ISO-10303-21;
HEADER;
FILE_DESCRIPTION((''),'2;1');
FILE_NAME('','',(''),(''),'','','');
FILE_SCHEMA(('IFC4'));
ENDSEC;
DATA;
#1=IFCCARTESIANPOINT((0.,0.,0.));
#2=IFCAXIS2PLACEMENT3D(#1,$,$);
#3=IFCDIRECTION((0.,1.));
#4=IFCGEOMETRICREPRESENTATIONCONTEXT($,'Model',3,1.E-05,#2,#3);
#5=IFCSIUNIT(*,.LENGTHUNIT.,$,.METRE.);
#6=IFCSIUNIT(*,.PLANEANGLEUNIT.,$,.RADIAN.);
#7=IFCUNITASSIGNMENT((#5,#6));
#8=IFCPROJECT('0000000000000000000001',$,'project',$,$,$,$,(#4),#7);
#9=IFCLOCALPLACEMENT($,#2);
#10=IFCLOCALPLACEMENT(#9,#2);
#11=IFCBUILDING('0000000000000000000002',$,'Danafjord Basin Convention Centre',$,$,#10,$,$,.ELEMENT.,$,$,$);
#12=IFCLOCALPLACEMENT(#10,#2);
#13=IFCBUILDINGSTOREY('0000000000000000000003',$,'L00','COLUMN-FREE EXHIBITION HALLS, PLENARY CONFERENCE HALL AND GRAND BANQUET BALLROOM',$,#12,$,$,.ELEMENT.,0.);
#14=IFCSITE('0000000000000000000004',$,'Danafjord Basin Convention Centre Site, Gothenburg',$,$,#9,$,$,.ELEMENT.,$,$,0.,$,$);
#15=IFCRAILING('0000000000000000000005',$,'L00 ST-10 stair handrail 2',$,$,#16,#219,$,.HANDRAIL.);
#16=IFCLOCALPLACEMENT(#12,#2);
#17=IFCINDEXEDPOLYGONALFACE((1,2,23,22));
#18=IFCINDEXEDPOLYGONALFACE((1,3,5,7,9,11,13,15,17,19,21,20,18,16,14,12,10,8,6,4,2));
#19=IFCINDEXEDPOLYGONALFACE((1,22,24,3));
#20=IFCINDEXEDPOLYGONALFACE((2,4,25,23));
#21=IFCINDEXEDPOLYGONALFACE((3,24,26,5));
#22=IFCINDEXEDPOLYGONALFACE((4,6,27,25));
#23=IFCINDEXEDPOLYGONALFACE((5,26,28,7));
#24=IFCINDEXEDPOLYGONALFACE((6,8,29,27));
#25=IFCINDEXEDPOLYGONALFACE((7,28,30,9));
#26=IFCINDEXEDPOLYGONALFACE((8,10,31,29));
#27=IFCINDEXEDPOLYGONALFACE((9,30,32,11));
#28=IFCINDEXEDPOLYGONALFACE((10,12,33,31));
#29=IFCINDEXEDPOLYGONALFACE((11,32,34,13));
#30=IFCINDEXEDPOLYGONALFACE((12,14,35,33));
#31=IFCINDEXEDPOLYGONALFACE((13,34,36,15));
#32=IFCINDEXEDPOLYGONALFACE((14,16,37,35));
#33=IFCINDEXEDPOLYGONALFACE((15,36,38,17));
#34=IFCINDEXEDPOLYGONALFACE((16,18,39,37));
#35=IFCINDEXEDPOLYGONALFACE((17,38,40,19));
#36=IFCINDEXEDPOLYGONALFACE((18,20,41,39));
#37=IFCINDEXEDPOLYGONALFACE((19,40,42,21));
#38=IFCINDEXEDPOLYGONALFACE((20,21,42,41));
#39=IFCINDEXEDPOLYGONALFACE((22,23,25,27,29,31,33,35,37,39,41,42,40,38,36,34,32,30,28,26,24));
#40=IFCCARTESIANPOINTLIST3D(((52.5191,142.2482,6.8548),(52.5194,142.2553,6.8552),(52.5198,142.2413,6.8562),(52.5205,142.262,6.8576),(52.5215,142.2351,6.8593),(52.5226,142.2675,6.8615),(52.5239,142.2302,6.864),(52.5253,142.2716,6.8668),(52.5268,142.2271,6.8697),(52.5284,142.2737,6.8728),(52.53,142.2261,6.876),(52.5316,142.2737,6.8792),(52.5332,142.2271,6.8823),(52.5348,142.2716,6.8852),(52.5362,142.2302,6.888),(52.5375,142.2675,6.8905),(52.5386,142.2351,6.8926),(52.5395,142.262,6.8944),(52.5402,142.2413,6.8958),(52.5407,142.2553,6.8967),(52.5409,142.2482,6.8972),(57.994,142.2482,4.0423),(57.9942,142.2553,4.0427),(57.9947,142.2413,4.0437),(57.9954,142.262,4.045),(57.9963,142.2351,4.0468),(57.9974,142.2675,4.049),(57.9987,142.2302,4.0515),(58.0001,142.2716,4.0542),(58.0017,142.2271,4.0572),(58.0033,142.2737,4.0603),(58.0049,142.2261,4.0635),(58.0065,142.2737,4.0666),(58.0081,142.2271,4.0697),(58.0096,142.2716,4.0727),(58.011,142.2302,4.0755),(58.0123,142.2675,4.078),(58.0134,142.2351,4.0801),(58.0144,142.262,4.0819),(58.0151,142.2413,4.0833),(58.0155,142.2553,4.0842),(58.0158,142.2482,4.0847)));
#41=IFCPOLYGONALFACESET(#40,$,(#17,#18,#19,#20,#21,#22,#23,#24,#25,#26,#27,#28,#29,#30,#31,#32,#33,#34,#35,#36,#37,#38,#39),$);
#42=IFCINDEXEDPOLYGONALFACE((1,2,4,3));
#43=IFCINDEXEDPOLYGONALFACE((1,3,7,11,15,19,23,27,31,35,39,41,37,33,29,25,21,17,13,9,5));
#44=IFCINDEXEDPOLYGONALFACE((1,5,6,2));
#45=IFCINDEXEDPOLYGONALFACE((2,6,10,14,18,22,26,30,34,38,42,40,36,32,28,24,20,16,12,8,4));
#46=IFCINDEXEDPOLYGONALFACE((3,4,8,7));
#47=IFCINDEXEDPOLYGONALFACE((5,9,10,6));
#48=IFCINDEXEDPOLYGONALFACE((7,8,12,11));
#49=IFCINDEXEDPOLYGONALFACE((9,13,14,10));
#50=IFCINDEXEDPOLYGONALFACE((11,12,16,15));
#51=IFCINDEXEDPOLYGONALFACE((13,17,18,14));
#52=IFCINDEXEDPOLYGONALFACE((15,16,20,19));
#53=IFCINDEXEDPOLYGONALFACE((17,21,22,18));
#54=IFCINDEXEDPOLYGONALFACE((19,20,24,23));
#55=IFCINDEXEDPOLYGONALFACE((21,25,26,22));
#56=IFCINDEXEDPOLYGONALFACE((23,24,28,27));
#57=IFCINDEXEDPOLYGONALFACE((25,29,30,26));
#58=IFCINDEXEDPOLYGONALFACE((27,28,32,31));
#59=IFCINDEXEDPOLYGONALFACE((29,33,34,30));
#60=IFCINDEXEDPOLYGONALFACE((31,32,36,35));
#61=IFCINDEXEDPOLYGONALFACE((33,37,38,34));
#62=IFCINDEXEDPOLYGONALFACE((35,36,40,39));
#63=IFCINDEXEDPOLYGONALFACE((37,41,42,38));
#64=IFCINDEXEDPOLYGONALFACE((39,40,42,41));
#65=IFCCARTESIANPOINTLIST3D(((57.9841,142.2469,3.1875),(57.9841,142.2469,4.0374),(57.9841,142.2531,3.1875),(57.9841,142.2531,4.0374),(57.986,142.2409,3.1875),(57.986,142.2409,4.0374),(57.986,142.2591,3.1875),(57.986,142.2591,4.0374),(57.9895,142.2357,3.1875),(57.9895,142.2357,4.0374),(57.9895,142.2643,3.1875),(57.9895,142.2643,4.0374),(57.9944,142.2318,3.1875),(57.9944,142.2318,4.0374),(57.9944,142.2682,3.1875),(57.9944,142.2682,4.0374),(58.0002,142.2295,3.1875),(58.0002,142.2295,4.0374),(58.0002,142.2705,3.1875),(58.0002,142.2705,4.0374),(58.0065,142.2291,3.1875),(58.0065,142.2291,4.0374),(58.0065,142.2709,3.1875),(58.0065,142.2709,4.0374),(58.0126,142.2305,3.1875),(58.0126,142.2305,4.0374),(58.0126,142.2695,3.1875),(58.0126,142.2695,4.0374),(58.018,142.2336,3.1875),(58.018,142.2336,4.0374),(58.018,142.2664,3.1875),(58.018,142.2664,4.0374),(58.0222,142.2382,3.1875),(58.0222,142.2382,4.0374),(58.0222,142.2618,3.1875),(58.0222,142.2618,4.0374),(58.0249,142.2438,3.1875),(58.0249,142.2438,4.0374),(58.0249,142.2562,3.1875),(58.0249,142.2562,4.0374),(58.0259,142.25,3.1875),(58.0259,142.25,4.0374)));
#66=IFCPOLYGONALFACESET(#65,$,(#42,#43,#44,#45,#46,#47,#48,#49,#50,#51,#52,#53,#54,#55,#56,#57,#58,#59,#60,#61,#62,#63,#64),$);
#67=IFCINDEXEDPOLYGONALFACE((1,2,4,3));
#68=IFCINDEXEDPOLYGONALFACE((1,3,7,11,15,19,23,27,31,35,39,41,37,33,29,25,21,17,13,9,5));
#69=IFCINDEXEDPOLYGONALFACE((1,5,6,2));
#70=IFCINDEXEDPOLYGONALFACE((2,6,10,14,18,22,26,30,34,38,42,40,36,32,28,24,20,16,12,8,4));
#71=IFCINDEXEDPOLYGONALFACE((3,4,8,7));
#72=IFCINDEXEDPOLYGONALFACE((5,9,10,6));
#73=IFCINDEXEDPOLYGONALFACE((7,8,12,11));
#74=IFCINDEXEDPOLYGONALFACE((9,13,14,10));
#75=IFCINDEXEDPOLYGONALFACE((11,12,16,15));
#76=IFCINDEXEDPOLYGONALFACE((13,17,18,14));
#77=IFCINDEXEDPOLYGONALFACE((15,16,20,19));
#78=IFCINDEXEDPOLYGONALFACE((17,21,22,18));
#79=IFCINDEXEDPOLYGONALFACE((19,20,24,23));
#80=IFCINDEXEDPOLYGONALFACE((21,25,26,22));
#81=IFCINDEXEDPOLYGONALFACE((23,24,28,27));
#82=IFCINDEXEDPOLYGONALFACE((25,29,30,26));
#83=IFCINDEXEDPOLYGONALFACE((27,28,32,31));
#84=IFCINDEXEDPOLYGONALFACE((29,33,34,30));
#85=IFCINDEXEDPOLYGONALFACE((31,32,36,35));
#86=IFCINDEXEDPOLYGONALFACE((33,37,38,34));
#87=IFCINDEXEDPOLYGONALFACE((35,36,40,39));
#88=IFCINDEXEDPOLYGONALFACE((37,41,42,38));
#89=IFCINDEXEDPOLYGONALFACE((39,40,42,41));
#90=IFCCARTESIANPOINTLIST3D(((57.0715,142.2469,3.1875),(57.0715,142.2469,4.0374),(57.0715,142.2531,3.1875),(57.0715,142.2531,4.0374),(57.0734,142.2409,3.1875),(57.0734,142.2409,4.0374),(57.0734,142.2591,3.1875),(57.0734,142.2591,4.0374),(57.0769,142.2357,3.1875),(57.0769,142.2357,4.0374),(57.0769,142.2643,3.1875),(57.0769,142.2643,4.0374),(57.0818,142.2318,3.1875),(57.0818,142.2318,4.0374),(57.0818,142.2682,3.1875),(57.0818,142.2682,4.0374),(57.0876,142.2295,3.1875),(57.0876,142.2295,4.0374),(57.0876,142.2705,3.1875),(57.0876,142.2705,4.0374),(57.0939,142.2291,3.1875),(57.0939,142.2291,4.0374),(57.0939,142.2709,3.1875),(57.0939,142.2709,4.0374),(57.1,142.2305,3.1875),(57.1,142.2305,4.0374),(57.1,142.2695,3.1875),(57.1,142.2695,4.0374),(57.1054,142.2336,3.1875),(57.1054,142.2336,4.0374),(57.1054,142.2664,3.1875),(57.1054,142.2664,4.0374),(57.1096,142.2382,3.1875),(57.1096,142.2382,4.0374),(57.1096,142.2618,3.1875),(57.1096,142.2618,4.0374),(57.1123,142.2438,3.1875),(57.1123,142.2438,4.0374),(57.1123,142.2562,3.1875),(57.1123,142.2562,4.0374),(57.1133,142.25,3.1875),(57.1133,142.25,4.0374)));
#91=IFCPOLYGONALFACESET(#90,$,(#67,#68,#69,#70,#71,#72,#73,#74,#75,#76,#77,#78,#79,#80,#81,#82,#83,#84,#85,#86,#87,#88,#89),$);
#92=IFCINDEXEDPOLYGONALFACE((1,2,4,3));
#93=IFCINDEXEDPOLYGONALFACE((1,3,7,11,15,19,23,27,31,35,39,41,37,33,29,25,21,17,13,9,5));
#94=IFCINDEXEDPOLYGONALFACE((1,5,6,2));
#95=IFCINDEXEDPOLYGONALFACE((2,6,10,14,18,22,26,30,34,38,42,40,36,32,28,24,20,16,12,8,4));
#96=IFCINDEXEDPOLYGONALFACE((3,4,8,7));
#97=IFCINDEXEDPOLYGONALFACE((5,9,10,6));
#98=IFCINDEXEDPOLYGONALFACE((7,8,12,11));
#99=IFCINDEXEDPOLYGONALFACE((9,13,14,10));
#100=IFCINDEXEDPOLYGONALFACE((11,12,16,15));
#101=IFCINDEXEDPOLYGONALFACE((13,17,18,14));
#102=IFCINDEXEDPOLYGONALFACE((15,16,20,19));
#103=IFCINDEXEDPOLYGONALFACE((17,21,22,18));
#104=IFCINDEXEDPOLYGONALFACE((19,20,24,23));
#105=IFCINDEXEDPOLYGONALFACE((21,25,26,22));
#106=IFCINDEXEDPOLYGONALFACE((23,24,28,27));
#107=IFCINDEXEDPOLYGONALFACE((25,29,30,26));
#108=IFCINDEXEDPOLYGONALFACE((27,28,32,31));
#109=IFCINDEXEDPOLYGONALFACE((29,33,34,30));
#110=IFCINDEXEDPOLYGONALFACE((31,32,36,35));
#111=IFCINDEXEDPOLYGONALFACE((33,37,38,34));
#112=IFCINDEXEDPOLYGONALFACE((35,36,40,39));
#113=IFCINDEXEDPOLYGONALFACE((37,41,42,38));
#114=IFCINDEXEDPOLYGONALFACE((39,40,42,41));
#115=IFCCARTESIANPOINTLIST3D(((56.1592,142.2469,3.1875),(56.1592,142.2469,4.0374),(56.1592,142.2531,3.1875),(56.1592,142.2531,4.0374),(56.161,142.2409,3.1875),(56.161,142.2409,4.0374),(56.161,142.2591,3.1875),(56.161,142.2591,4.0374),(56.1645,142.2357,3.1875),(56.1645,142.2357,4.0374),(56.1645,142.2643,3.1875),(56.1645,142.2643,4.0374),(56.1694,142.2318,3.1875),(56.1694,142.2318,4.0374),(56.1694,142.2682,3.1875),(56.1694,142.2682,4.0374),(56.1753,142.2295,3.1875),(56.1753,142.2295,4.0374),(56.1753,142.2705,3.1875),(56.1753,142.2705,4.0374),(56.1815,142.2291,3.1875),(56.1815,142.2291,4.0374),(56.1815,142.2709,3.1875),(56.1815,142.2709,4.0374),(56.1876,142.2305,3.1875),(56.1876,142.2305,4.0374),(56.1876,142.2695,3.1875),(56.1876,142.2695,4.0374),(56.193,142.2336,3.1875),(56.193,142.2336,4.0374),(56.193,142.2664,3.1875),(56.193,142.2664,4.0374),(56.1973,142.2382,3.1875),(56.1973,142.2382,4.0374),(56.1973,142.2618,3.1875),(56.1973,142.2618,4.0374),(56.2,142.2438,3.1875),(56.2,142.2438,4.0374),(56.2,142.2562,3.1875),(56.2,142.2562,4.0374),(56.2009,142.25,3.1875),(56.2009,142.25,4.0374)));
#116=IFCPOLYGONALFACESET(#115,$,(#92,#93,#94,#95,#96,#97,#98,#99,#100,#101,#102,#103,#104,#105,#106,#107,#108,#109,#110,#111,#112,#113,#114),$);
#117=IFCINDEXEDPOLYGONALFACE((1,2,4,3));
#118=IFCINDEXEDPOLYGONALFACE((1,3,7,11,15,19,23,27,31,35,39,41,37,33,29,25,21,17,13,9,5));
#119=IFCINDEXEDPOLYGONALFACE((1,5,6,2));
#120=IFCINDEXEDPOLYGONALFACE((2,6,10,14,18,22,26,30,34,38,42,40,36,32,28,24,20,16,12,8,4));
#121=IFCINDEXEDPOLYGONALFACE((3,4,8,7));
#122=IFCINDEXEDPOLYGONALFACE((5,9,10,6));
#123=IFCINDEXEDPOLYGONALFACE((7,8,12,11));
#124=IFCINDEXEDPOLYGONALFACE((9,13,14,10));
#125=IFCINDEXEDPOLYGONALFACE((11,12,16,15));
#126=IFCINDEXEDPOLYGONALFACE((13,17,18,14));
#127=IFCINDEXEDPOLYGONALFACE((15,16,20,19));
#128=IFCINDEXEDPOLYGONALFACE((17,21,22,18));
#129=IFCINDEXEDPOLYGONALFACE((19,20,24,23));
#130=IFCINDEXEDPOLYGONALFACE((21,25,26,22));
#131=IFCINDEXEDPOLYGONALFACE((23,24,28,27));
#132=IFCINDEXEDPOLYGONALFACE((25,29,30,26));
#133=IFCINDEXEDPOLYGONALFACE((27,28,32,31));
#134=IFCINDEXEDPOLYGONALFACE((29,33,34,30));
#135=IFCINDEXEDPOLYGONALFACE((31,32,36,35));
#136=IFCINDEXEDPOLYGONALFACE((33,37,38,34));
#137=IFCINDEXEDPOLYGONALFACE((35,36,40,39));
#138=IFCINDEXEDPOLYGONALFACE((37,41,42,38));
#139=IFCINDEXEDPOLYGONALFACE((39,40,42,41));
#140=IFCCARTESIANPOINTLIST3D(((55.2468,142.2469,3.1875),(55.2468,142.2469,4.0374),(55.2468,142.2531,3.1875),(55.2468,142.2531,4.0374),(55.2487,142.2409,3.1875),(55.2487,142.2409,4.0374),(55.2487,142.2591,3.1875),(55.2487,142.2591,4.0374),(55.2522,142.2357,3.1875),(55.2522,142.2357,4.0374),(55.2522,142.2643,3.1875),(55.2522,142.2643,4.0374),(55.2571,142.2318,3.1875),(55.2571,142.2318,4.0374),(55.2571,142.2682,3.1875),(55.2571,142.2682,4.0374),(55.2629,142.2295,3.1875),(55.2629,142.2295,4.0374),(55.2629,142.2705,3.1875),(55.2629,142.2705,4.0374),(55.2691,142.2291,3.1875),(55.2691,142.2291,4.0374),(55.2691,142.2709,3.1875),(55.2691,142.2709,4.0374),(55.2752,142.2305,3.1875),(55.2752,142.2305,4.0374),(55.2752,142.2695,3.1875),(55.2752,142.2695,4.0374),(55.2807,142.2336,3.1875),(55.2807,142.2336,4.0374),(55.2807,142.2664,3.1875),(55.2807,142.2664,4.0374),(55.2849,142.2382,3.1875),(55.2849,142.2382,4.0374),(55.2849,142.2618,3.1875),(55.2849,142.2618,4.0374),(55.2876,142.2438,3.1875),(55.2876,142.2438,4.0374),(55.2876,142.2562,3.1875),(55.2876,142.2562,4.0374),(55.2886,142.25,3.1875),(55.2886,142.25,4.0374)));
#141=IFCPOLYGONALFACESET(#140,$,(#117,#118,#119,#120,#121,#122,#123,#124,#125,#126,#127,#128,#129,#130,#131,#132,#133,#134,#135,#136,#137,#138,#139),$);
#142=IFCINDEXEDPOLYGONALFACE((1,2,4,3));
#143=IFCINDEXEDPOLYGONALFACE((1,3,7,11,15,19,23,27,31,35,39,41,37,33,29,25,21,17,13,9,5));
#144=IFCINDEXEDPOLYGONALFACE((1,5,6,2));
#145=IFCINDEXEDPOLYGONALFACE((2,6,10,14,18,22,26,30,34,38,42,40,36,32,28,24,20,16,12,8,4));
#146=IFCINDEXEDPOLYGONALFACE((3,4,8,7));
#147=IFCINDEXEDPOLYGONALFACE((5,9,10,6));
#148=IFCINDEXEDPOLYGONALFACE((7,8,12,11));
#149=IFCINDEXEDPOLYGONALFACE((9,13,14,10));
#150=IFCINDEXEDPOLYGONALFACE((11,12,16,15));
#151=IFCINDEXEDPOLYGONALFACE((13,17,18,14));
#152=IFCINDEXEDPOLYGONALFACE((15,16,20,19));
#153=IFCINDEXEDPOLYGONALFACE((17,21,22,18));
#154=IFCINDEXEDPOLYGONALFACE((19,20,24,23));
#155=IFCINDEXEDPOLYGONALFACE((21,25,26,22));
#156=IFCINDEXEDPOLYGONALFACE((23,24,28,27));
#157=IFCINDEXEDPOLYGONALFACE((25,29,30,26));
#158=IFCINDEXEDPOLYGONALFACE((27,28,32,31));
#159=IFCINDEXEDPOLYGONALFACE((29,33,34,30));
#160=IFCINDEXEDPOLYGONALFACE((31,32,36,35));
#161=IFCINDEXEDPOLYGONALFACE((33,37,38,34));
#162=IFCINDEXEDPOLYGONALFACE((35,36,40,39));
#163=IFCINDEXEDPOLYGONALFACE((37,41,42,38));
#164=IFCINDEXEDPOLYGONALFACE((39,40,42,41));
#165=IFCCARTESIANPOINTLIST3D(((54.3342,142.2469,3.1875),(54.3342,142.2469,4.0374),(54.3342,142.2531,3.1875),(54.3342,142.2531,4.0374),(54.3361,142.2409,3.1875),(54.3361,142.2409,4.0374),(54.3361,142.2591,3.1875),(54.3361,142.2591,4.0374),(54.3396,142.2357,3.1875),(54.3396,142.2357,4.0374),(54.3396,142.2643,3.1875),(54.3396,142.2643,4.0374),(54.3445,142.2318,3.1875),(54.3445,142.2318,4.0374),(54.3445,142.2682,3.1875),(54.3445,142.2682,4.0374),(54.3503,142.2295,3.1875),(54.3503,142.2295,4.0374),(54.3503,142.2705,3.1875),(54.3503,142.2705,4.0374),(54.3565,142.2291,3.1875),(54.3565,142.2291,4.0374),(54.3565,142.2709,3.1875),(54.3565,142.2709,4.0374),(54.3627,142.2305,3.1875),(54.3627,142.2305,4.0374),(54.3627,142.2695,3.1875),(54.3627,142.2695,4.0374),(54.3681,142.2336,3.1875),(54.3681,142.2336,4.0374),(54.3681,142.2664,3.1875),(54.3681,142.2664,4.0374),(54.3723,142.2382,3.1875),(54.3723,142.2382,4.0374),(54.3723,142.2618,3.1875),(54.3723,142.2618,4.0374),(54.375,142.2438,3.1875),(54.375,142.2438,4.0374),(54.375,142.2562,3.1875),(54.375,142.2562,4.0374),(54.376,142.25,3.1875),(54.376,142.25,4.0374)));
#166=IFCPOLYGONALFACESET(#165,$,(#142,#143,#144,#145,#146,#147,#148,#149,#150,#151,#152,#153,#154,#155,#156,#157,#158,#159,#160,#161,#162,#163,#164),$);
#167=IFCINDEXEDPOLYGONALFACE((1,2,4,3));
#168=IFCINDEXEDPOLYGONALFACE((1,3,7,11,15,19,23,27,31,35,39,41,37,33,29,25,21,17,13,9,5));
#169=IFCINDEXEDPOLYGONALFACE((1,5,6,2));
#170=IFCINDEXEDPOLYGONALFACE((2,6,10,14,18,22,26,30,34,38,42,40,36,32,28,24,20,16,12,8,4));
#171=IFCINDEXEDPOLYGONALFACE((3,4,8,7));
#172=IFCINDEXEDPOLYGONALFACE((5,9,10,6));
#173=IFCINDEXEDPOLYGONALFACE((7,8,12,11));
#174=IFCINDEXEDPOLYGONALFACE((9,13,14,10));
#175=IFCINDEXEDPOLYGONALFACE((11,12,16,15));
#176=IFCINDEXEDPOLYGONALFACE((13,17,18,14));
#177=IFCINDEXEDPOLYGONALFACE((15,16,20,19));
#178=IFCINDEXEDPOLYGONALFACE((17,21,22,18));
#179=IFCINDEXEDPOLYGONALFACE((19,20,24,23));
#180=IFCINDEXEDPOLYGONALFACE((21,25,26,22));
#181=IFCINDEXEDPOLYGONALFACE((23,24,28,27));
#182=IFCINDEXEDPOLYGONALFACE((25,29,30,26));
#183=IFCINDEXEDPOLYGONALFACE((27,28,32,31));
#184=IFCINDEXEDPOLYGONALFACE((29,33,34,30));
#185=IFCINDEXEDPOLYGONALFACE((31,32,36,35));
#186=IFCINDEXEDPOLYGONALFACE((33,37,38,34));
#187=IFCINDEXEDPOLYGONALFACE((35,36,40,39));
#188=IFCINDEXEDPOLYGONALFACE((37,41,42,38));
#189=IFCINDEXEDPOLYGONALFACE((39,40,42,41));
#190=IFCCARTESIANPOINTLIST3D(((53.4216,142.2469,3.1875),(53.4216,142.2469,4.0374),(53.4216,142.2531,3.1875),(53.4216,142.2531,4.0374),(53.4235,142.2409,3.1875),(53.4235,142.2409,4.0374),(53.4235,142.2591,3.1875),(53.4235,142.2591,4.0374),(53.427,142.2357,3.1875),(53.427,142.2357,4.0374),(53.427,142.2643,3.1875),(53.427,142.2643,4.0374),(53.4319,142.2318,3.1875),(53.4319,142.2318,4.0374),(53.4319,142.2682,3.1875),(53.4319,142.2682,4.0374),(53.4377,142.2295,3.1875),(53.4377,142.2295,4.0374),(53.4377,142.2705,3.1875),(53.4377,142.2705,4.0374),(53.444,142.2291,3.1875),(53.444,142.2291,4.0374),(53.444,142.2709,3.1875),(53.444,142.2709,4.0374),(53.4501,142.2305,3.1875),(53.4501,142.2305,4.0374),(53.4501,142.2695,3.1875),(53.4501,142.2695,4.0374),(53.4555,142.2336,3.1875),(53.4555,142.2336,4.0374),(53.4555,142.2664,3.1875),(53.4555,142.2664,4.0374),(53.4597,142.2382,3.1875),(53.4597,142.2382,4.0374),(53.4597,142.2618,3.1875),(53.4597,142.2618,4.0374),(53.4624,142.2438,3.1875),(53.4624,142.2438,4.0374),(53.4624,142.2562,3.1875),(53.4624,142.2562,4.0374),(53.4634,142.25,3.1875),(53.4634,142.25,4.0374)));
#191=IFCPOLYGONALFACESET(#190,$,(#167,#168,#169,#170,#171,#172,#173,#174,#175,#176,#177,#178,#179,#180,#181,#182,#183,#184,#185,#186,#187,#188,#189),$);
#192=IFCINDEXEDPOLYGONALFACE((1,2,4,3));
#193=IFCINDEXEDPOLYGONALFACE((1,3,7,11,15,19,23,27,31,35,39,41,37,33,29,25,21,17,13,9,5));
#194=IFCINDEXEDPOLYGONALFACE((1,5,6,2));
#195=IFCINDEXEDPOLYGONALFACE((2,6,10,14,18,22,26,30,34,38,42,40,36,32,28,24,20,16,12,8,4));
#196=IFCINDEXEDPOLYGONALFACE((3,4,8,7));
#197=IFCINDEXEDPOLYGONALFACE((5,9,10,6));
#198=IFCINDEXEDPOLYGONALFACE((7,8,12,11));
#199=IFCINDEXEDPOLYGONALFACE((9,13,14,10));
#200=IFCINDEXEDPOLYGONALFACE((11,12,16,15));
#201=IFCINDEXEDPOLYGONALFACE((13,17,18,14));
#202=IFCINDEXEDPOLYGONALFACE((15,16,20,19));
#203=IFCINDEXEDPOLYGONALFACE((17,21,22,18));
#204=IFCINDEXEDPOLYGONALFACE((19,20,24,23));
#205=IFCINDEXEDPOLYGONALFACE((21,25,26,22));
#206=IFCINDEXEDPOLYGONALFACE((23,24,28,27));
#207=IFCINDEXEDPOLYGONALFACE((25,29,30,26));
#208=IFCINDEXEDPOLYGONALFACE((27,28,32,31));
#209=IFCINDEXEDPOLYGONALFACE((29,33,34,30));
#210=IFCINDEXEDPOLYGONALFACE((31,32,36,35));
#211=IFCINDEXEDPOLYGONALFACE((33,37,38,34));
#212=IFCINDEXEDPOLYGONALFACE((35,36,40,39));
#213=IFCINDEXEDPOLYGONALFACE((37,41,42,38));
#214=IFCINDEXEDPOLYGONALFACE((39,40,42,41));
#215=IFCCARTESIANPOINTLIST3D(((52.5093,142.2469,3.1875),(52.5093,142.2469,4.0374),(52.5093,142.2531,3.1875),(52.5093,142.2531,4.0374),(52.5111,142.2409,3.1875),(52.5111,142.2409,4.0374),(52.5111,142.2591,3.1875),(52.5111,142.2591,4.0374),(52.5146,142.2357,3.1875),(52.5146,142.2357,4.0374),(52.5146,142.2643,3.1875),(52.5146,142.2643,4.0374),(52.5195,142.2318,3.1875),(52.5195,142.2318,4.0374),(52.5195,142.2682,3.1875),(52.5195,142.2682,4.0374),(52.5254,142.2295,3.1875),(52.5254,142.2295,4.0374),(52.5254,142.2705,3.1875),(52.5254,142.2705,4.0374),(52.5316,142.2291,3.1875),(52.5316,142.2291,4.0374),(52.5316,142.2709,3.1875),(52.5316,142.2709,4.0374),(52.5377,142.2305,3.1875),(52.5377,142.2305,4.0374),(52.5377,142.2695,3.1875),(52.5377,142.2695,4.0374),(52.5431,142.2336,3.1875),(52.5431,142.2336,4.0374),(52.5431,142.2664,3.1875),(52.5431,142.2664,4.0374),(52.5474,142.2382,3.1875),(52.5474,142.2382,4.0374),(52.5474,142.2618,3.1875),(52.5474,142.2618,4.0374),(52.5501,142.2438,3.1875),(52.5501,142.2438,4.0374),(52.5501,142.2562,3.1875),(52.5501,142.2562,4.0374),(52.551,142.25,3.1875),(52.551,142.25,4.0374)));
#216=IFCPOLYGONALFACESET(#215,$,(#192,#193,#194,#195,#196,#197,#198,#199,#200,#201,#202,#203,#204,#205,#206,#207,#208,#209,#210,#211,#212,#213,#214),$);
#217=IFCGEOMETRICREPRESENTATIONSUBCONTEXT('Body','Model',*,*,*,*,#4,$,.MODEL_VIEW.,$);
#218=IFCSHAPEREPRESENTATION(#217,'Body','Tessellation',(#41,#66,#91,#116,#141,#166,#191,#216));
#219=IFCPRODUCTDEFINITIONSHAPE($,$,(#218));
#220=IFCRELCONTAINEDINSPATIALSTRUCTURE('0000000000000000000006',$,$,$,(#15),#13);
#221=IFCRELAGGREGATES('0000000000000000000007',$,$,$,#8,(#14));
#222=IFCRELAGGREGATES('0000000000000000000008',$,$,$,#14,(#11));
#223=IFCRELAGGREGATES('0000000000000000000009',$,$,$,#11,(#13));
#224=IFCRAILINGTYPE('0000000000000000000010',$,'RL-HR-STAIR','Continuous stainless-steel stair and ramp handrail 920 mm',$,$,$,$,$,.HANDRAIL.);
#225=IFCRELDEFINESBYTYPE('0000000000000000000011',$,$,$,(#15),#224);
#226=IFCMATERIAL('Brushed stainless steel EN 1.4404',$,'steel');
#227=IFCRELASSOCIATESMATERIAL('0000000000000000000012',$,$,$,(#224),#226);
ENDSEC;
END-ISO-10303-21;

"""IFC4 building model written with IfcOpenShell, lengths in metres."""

from ifc_helpers import new_model, si_unit, direction, frame, origin, origin_2d, place, context, subcontext, project, spatial, circle, extrude, material, type_object, element, save


model = new_model("IFC4")

# Units and contexts
model_context = context("Model", 3, precision=1e-05, world=origin(), true_north=direction((0.0, 1.0)))
body_context = subcontext(model_context, "Body", "Model", "MODEL_VIEW")
ifc_project = project(units=[si_unit("LENGTHUNIT", "METRE"), si_unit("PLANEANGLEUNIT", "RADIAN")], contexts=[model_context])

# Site, building, storey
site_placement = place(None, origin())
site = spatial("IfcSite", under=ifc_project, at=site_placement, Name="Danafjord Basin Convention Centre Site, Gothenburg", CompositionType="ELEMENT", RefElevation=0.0)
building_placement = place(site_placement, origin())
building = spatial("IfcBuilding", under=site, at=building_placement, Name="Danafjord Basin Convention Centre", CompositionType="ELEMENT")
storey_placement = place(building_placement, origin())
storey = spatial("IfcBuildingStorey", under=building, at=storey_placement, Name="L00", Description="COLUMN-FREE EXHIBITION HALLS, PLENARY CONFERENCE HALL AND GRAND BANQUET BALLROOM", CompositionType="ELEMENT", Elevation=0.0)

# Railing
ifc_material_1 = material(Name="Brushed stainless steel EN 1.4404", Category="steel")
railing_type_1 = type_object("IfcRailingType", Name="RL-HR-STAIR", Description="Continuous stainless-steel stair and ramp handrail 920 mm", PredefinedType="HANDRAIL", material=ifc_material_1)
railing_1_placement = place(storey_placement, frame((58.0049, 142.25, 3.1875)))
element("IfcRailing", 1, at=railing_1_placement, inside=storey, type_object=railing_type_1, Name="L00 ST-10 stair handrail 2", PredefinedType="HANDRAIL", context=body_context, shape_type="SweptSolid", body=[
    extrude(circle(Radius=0.0239, at=origin_2d()), frame((0.0, 0.0, 0.876), z_axis=(-0.889495, 0.0, 0.456945), x_axis=(0.0, -1.0, 0.0)), (0.0, 0.0, 1.0), 6.155),
    extrude(circle(Radius=0.021, at=origin_2d()), origin(), (0.0, 0.0, 1.0), 0.8499),
    extrude(circle(Radius=0.021, at=origin_2d()), frame((-0.9126, 0.0, 0.0)), (0.0, 0.0, 1.0), 0.8499),
    extrude(circle(Radius=0.021, at=origin_2d()), frame((-1.825, 0.0, 0.0)), (0.0, 0.0, 1.0), 0.8499),
    extrude(circle(Radius=0.021, at=origin_2d()), frame((-2.7373, 0.0, 0.0)), (0.0, 0.0, 1.0), 0.8499),
    extrude(circle(Radius=0.021, at=origin_2d()), frame((-3.6499, 0.0, 0.0)), (0.0, 0.0, 1.0), 0.8499),
    extrude(circle(Radius=0.021, at=origin_2d()), frame((-4.5625, 0.0, 0.0)), (0.0, 0.0, 1.0), 0.8499),
    extrude(circle(Radius=0.021, at=origin_2d()), frame((-5.4749, 0.0, 0.0)), (0.0, 0.0, 1.0), 0.8499),
])

save(model, "model.ifc")
